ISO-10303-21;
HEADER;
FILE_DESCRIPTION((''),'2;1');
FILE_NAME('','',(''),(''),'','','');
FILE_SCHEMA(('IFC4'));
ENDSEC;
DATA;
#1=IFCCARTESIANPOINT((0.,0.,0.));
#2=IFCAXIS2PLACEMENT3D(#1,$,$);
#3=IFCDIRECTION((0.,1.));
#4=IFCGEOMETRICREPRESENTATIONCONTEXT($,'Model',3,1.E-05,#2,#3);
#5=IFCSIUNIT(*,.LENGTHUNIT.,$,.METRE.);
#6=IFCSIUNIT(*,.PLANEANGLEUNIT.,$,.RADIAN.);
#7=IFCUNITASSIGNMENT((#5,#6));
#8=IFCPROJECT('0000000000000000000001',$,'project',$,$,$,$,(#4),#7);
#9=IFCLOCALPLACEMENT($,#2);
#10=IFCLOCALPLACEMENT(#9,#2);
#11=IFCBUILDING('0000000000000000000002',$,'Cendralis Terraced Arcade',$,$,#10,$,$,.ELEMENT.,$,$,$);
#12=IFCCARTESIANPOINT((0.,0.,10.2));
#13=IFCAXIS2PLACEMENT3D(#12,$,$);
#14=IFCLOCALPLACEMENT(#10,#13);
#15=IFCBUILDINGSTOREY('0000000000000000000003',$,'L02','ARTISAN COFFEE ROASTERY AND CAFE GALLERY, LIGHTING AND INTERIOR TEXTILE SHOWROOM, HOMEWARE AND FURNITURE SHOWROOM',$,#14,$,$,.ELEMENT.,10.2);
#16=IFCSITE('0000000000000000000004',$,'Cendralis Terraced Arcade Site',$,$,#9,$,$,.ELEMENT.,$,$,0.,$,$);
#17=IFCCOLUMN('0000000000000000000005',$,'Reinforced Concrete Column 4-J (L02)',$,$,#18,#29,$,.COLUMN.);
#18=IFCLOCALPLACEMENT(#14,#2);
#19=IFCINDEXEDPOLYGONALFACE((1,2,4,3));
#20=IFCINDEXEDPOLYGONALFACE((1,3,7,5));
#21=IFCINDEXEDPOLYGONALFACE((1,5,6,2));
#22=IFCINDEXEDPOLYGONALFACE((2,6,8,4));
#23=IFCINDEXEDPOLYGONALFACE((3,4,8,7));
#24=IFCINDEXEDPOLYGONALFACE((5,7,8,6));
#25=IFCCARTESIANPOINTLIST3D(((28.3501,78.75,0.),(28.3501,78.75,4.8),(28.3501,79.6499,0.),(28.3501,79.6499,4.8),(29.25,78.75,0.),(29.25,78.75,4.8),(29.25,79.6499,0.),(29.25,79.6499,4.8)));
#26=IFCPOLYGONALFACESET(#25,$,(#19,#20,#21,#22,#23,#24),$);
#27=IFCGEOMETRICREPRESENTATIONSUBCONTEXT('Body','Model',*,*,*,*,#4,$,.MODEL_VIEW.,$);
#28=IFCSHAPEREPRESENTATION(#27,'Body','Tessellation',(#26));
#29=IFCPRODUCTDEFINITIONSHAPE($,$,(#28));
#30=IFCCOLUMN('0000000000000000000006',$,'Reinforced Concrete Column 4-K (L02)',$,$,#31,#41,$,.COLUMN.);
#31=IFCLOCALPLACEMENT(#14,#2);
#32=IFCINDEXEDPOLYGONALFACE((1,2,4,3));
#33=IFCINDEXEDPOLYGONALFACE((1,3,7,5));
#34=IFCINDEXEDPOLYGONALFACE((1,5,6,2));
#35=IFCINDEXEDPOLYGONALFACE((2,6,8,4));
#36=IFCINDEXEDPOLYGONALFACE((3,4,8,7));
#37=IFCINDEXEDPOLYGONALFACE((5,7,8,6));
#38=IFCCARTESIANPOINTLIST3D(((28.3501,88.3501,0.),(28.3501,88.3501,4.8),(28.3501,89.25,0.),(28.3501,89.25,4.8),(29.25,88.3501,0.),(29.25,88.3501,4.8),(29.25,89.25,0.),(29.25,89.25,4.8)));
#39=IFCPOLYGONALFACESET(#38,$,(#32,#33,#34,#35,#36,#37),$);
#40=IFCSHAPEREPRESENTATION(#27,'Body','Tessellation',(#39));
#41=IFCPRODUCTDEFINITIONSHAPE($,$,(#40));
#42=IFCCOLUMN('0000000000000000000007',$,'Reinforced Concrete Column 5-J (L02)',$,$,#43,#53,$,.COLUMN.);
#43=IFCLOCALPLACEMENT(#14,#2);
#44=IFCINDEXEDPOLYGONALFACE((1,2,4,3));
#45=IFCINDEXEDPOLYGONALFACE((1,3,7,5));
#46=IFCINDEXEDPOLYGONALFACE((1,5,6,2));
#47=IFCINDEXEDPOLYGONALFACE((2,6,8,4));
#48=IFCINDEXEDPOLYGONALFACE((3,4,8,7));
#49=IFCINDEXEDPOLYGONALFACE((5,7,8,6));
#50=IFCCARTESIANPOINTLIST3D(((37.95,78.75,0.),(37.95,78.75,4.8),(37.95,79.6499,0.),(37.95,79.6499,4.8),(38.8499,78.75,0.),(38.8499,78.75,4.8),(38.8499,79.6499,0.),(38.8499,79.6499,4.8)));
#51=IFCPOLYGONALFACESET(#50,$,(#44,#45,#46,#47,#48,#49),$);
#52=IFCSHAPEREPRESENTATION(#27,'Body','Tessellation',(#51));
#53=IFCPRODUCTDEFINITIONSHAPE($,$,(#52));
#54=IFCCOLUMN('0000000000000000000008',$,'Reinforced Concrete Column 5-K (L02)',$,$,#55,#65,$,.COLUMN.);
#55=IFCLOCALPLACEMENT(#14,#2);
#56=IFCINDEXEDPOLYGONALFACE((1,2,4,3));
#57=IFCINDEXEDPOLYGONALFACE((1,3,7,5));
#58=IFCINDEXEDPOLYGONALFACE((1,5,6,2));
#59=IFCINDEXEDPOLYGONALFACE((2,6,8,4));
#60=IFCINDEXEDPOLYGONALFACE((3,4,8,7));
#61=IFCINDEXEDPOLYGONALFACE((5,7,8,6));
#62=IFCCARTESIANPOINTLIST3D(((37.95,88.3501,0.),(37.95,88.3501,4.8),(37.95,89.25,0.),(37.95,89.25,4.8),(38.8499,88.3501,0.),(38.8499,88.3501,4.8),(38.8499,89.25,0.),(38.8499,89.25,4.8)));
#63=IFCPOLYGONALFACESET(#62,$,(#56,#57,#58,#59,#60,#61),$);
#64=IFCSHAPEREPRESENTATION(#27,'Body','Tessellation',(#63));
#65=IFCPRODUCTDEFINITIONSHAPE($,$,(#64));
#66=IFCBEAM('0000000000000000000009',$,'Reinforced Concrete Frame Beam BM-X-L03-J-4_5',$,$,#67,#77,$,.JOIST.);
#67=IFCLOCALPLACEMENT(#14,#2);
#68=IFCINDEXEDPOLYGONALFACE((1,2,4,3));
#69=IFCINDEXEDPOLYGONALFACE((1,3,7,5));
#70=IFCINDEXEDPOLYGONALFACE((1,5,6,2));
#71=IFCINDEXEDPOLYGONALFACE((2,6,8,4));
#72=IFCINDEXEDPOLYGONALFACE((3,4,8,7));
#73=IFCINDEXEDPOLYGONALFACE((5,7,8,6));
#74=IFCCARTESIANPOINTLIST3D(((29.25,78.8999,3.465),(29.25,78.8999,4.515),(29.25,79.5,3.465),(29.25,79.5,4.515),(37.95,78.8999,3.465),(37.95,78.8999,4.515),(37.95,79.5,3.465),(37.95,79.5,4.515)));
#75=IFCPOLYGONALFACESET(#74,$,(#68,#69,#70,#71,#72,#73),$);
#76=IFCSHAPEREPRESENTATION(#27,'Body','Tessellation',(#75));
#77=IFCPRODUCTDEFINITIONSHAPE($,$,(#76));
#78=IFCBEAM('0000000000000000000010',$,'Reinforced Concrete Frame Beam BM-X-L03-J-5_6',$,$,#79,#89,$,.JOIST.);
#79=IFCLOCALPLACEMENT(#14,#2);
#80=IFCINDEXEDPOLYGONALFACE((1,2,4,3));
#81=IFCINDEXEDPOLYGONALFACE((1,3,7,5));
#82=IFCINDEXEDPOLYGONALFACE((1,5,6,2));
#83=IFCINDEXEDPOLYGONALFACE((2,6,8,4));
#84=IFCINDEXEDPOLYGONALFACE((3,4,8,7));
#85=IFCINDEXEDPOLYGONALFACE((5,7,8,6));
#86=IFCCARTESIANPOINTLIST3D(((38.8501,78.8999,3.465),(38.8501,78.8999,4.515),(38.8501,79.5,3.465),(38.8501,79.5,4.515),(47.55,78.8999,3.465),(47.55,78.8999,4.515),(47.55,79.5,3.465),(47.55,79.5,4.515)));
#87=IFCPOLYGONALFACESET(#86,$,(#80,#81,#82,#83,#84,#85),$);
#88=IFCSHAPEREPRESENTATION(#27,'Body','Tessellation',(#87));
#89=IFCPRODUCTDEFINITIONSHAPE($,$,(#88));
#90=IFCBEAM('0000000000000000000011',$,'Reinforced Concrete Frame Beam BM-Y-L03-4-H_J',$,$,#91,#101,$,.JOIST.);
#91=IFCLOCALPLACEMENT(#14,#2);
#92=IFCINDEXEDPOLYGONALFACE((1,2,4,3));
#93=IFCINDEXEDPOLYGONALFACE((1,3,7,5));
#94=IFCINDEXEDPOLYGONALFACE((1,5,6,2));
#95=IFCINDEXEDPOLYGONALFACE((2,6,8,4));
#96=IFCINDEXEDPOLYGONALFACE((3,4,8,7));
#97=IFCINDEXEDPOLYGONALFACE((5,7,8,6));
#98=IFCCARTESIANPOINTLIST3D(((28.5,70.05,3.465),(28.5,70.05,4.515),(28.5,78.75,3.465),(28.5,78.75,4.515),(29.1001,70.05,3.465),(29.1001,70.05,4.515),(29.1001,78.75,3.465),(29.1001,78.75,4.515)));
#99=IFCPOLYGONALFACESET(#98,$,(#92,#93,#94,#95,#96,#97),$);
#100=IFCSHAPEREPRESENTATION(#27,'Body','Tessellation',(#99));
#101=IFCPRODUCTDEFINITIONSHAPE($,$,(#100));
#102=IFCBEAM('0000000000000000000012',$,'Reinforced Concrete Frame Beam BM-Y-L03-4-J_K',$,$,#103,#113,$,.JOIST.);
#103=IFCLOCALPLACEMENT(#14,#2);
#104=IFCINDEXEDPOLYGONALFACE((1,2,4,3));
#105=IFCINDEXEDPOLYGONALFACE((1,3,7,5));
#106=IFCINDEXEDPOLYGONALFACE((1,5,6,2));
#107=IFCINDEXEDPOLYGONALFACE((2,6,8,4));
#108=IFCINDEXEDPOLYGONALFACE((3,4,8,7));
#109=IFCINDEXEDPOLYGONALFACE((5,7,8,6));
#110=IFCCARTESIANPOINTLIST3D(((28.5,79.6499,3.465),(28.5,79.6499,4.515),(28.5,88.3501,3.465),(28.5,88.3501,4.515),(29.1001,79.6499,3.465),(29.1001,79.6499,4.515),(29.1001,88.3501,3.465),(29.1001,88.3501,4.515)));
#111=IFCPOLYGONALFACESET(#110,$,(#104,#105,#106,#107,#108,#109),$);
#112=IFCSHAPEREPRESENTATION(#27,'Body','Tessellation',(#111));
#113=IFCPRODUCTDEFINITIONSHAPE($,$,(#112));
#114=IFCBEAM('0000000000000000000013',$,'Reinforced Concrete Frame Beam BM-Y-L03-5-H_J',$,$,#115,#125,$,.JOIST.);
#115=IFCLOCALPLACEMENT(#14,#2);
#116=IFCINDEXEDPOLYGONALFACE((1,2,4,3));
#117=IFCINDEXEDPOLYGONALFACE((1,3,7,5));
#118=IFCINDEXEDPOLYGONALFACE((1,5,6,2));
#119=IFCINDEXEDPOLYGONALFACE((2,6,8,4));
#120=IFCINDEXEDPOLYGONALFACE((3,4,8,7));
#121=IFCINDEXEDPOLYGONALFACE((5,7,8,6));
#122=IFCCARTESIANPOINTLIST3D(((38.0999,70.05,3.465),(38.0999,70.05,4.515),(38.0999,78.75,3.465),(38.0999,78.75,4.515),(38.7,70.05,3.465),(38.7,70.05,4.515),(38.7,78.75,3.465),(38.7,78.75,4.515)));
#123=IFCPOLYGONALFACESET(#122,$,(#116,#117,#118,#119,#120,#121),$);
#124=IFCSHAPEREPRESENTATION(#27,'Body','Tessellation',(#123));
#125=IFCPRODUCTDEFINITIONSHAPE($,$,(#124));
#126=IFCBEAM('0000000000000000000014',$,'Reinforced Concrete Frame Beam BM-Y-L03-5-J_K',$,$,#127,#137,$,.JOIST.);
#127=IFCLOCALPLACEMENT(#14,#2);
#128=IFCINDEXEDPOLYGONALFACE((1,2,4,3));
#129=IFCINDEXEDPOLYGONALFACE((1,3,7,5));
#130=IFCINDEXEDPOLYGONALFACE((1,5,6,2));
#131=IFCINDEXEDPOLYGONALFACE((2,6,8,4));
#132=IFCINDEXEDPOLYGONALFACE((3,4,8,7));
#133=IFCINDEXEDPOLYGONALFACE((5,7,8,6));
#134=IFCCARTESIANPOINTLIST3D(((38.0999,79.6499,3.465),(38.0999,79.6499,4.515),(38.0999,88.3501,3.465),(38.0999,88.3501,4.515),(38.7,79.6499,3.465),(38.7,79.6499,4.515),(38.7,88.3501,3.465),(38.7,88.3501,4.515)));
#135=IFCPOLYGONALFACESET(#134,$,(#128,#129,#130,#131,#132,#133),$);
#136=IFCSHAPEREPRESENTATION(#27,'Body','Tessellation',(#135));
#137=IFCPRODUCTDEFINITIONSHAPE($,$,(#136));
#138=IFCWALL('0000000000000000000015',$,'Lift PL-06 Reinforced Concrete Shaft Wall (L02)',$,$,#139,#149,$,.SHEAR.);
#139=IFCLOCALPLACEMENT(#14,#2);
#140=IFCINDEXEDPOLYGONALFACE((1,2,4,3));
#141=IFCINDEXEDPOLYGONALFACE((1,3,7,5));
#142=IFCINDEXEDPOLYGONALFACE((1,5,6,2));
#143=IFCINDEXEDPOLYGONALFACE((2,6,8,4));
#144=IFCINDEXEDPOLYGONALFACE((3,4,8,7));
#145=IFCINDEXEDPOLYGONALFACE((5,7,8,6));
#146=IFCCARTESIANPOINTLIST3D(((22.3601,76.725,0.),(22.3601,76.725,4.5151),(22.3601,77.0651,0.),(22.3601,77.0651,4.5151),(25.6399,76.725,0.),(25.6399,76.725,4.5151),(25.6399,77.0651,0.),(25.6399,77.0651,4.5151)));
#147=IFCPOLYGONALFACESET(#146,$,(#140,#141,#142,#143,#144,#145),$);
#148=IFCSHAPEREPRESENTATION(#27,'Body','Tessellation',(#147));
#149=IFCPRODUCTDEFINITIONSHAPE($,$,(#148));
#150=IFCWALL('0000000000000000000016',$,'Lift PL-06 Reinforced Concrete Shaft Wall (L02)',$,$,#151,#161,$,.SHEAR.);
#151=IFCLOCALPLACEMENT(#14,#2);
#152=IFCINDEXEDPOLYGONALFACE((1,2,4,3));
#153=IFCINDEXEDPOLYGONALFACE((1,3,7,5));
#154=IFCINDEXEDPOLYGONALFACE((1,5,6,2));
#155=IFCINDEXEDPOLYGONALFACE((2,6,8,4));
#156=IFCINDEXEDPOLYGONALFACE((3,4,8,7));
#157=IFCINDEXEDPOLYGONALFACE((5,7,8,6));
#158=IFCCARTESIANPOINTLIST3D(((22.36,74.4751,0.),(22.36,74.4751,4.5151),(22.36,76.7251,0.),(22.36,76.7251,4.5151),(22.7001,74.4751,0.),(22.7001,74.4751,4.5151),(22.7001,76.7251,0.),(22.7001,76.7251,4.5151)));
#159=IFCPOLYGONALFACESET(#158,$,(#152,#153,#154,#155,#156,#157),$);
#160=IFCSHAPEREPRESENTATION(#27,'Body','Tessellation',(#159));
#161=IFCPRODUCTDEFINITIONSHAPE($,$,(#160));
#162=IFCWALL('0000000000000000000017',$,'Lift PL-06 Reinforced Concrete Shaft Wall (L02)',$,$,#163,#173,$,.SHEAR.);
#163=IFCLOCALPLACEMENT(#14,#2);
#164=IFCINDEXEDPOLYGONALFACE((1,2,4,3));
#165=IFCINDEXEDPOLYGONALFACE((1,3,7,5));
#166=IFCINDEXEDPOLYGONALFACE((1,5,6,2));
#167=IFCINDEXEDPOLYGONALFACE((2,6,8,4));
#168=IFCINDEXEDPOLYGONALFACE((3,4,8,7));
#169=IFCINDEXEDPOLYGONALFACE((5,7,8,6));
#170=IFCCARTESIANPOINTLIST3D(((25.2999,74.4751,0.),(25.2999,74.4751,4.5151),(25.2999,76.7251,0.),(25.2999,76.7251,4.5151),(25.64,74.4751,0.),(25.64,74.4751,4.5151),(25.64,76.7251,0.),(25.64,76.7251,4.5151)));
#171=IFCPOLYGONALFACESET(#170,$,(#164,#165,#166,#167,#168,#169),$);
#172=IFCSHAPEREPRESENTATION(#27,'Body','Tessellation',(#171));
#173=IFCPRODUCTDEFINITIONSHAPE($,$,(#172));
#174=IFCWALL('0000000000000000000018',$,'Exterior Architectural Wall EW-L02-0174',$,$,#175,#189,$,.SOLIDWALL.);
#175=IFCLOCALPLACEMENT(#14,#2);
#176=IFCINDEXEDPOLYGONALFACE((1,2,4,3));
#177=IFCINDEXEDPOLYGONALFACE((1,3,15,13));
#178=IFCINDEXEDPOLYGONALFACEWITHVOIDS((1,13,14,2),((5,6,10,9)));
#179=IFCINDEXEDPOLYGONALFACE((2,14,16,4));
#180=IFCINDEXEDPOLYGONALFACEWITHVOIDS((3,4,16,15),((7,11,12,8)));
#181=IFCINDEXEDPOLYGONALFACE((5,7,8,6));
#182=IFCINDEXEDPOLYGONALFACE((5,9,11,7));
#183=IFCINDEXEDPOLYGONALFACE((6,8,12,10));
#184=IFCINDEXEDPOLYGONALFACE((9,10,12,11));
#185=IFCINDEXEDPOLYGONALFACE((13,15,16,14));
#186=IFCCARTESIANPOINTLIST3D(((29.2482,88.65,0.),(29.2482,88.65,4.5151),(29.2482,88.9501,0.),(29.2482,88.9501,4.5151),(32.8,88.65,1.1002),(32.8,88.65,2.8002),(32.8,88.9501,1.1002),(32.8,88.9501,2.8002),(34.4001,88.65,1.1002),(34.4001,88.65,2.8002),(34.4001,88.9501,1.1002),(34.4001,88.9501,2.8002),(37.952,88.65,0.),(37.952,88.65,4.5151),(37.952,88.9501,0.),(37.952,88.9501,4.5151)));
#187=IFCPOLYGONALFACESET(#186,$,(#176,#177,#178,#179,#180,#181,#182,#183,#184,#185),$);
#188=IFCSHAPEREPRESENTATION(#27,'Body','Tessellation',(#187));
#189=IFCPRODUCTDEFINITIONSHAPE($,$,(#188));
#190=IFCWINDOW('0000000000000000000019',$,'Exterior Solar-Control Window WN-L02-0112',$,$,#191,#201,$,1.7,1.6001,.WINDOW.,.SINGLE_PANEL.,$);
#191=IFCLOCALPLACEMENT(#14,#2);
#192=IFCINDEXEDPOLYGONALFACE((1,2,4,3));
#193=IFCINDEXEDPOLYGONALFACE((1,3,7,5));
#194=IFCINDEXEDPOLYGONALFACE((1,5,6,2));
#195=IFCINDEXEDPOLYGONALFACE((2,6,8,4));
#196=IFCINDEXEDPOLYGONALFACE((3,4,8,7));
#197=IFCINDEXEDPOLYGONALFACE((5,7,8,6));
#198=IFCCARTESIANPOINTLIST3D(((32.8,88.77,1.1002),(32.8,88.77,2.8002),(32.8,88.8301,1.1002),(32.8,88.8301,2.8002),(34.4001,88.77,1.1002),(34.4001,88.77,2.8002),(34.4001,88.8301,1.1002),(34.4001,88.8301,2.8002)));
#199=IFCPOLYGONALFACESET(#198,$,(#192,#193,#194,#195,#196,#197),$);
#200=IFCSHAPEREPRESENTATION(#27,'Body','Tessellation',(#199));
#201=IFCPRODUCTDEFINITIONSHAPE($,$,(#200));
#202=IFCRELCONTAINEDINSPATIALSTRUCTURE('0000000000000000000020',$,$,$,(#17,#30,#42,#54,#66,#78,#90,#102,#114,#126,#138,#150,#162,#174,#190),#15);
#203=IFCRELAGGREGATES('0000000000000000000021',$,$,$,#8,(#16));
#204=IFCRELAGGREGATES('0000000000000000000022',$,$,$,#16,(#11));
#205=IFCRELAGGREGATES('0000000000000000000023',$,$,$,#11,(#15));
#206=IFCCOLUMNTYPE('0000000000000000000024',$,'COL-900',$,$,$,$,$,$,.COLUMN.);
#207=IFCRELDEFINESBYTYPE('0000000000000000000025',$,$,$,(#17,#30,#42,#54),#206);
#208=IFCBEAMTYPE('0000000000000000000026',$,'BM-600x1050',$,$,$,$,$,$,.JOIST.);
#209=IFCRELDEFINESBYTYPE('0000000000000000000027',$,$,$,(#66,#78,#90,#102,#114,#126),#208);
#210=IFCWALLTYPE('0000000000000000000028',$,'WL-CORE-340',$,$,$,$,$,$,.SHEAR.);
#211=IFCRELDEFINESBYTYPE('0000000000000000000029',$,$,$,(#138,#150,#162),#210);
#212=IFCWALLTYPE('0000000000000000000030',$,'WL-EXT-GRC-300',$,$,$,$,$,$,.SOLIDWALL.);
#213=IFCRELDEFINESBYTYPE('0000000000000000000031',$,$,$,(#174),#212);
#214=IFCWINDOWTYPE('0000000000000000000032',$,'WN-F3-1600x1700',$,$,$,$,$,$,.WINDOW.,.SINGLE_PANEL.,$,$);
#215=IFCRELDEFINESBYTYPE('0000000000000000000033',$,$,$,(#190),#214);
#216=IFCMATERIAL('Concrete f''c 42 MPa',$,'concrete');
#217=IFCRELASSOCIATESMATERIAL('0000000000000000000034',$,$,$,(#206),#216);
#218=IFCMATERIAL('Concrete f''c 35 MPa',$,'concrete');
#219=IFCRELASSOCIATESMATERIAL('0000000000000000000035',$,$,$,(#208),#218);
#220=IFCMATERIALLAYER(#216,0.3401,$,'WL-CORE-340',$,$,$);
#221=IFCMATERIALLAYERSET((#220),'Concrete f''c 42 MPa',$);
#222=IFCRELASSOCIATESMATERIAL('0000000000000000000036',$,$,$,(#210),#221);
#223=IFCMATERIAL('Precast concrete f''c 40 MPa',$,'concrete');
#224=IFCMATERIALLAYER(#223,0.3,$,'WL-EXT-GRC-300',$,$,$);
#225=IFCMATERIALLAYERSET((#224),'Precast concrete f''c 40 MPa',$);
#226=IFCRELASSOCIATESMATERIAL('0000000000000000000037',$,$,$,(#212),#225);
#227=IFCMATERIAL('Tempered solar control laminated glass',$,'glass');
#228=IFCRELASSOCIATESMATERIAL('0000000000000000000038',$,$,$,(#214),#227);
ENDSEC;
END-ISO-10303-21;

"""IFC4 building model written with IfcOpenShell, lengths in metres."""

from ifc_helpers import new_model, si_unit, direction, frame, frame_2d, origin, origin_2d, place, context, subcontext, project, spatial, rectangle, extrude, material, layer, layer_set, material_profile, profile_set, type_object, element, fill, save


model = new_model("IFC4")

# Units and contexts
model_context = context("Model", 3, precision=1e-05, world=origin(), true_north=direction((0.0, 1.0)))
body_context = subcontext(model_context, "Body", "Model", "MODEL_VIEW")
ifc_project = project(units=[si_unit("LENGTHUNIT", "METRE"), si_unit("PLANEANGLEUNIT", "RADIAN")], contexts=[model_context])

# Site, building, storey
site_placement = place(None, origin())
site = spatial("IfcSite", under=ifc_project, at=site_placement, Name="Cendralis Terraced Arcade Site", CompositionType="ELEMENT", RefElevation=0.0)
building_placement = place(site_placement, origin())
building = spatial("IfcBuilding", under=site, at=building_placement, Name="Cendralis Terraced Arcade", CompositionType="ELEMENT")
storey_placement = place(building_placement, frame((0.0, 0.0, 10.2)))
storey = spatial("IfcBuildingStorey", under=building, at=storey_placement, Name="L02", Description="ARTISAN COFFEE ROASTERY AND CAFE GALLERY, LIGHTING AND INTERIOR TEXTILE SHOWROOM, HOMEWARE AND FURNITURE SHOWROOM", CompositionType="ELEMENT", Elevation=10.2)

# Columns
ifc_material_1 = material(Name="Concrete f'c 42 MPa", Category="concrete")
ifc_material_profile_1 = material_profile(ifc_material_1, rectangle(XDim=0.8999, YDim=0.8999, at=origin_2d()), Name="RC-COL-900x900", Category="LoadBearing")
ifc_profile_set_1 = profile_set([ifc_material_profile_1], Name="Concrete f'c 42 MPa")
column_type = type_object("IfcColumnType", Name="COL-900", PredefinedType="COLUMN", material=ifc_profile_set_1)
for number, where, z_axis, x_axis, name in (
    (1, (28.8, 79.2, 0.0), (0.0, 0.0, 1.0), (1.0, 0.0, 0.0), "Reinforced Concrete Column 4-J (L02)"),
    (2, (28.8, 88.8, 0.0), (0.0, 0.0, 1.0), (1.0, 0.0, 0.0), "Reinforced Concrete Column 4-K (L02)"),
    (3, (38.3999, 79.2, 0.0), (0.0, 0.0, 1.0), (1.0, 0.0, 0.0), "Reinforced Concrete Column 5-J (L02)"),
    (4, (38.3999, 88.8, 0.0), (0.0, 0.0, 1.0), (1.0, 0.0, 0.0), "Reinforced Concrete Column 5-K (L02)"),
):
    element("IfcColumn", number, at=place(storey_placement, frame(where, z_axis=z_axis, x_axis=x_axis)), inside=storey, type_object=column_type, Name=name, PredefinedType="COLUMN", context=body_context, shape_type="SweptSolid", body=[
        extrude(rectangle(XDim=0.8999, YDim=0.8999, at=origin_2d()), origin(), (0.0, 0.0, 1.0), 4.8),
    ])

# Beams
ifc_material_2 = material(Name="Concrete f'c 35 MPa", Category="concrete")
ifc_material_profile_2 = material_profile(ifc_material_2, rectangle(XDim=0.6001, YDim=1.05, at=origin_2d()), Name="RC-BM-600x1050", Category="LoadBearing")
ifc_profile_set_2 = profile_set([ifc_material_profile_2], Name="Concrete f'c 35 MPa")
beam_type = type_object("IfcBeamType", Name="BM-600x1050", PredefinedType="JOIST", material=ifc_profile_set_2)
for number, where, z_axis, x_axis, name in (
    (5, (29.25, 79.2, 3.99), (1.0, 0.0, 0.0), (0.0, 1.0, 0.0), "Reinforced Concrete Frame Beam BM-X-L03-J-4_5"),
    (6, (38.8501, 79.2, 3.99), (1.0, 0.0, 0.0), (0.0, 1.0, 0.0), "Reinforced Concrete Frame Beam BM-X-L03-J-5_6"),
    (7, (28.8, 70.05, 3.99), (0.0, 1.0, 0.0), (-1.0, 0.0, 0.0), "Reinforced Concrete Frame Beam BM-Y-L03-4-H_J"),
):
    element("IfcBeam", number, at=place(storey_placement, frame(where, z_axis=z_axis, x_axis=x_axis)), inside=storey, type_object=beam_type, Name=name, PredefinedType="JOIST", context=body_context, shape_type="SweptSolid", body=[
        extrude(rectangle(XDim=0.6001, YDim=1.05, at=origin_2d()), origin(), (0.0, 0.0, 1.0), 8.7),
    ])
beam_1_placement = place(storey_placement, frame((28.8, 79.6499, 3.99), z_axis=(0.0, 1.0, 0.0), x_axis=(-1.0, 0.0, 0.0)))
element("IfcBeam", 8, at=beam_1_placement, inside=storey, type_object=beam_type, Name="Reinforced Concrete Frame Beam BM-Y-L03-4-J_K", PredefinedType="JOIST", context=body_context, shape_type="SweptSolid", body=[
    extrude(rectangle(XDim=0.6001, YDim=1.05, at=origin_2d()), origin(), (0.0, 0.0, 1.0), 8.7002),
])
beam_2_placement = place(storey_placement, frame((38.3999, 70.05, 3.99), z_axis=(0.0, 1.0, 0.0), x_axis=(-1.0, 0.0, 0.0)))
element("IfcBeam", 9, at=beam_2_placement, inside=storey, type_object=beam_type, Name="Reinforced Concrete Frame Beam BM-Y-L03-5-H_J", PredefinedType="JOIST", context=body_context, shape_type="SweptSolid", body=[
    extrude(rectangle(XDim=0.6001, YDim=1.05, at=origin_2d()), origin(), (0.0, 0.0, 1.0), 8.7),
])
beam_3_placement = place(storey_placement, frame((38.3999, 79.6499, 3.99), z_axis=(0.0, 1.0, 0.0), x_axis=(-1.0, 0.0, 0.0)))
element("IfcBeam", 10, at=beam_3_placement, inside=storey, type_object=beam_type, Name="Reinforced Concrete Frame Beam BM-Y-L03-5-J_K", PredefinedType="JOIST", context=body_context, shape_type="SweptSolid", body=[
    extrude(rectangle(XDim=0.6001, YDim=1.05, at=origin_2d()), origin(), (0.0, 0.0, 1.0), 8.7002),
])

# Walls
ifc_layer_1 = layer(ifc_material_1, 0.3401, Name="WL-CORE-340")
ifc_layer_set_1 = layer_set([ifc_layer_1], Name="Concrete f'c 42 MPa")
wall_type_1 = type_object("IfcWallType", Name="WL-CORE-340", PredefinedType="SHEAR", material=ifc_layer_set_1)
wall_1_placement = place(storey_placement, frame((22.3601, 76.895, 0.0), z_axis=(0.0, 0.0, 1.0), x_axis=(1.0, 0.0, 0.0)))
element("IfcWall", 11, at=wall_1_placement, inside=storey, type_object=wall_type_1, Name="Lift PL-06 Reinforced Concrete Shaft Wall (L02)", PredefinedType="SHEAR", context=body_context, shape_type="SweptSolid", body=[
    extrude(rectangle(XDim=3.2798, YDim=0.3401, at=frame_2d((1.6399, 0.0))), origin(), (0.0, 0.0, 1.0), 4.5151),
])
for number, where, z_axis, x_axis, name in (
    (12, (22.53, 74.4751, 0.0), (0.0, 0.0, 1.0), (0.0, 1.0, 0.0), "Lift PL-06 Reinforced Concrete Shaft Wall (L02)"),
    (13, (25.47, 74.4751, 0.0), (0.0, 0.0, 1.0), (0.0, 1.0, 0.0), "Lift PL-06 Reinforced Concrete Shaft Wall (L02)"),
):
    element("IfcWall", number, at=place(storey_placement, frame(where, z_axis=z_axis, x_axis=x_axis)), inside=storey, type_object=wall_type_1, Name=name, PredefinedType="SHEAR", context=body_context, shape_type="SweptSolid", body=[
        extrude(rectangle(XDim=2.25, YDim=0.3401, at=frame_2d((1.125, 0.0))), origin(), (0.0, 0.0, 1.0), 4.5151),
    ])

# Wall, opening, window
ifc_material_3 = material(Name="Precast concrete f'c 40 MPa", Category="concrete")
ifc_layer_2 = layer(ifc_material_3, 0.3, Name="WL-EXT-GRC-300")
ifc_layer_set_2 = layer_set([ifc_layer_2], Name="Precast concrete f'c 40 MPa")
wall_type_2 = type_object("IfcWallType", Name="WL-EXT-GRC-300", PredefinedType="SOLIDWALL", material=ifc_layer_set_2)
wall_2_placement = place(storey_placement, frame((29.248, 88.8, 0.0), z_axis=(0.0, 0.0, 1.0), x_axis=(1.0, 0.0, 0.0)))
wall_2 = element("IfcWall", 14, at=wall_2_placement, inside=storey, type_object=wall_type_2, Name="Exterior Architectural Wall EW-L02-0174", PredefinedType="SOLIDWALL", context=body_context, shape_type="SweptSolid", body=[
    extrude(rectangle(XDim=8.7039, YDim=0.3, at=frame_2d((4.3521, 0.0))), origin(), (0.0, 0.0, 1.0), 4.5151),
])
opening_1_placement = place(wall_2_placement, frame((3.552, 0.0, 1.1001)))
opening_1 = element("IfcOpeningElement", 15, at=opening_1_placement, cuts=wall_2, PredefinedType="OPENING", context=body_context, shape_type="SweptSolid", body=[
    extrude(rectangle(XDim=1.6001, YDim=1.7, at=frame_2d((0.8, 0.8501))), frame((0.0, 0.1621, 0.0), z_axis=(0.0, -1.0, 0.0), x_axis=(1.0, 0.0, 0.0)), (0.0, 0.0, 1.0), 0.324),
])
ifc_material_4 = material(Name="Tempered solar control laminated glass", Category="glass")
window_type_1 = type_object("IfcWindowType", Name="WN-F3-1600x1700", PartitioningType="SINGLE_PANEL", PredefinedType="WINDOW", material=ifc_material_4)
window_1_placement = place(opening_1_placement, origin())
window_1 = element("IfcWindow", 16, at=window_1_placement, inside=storey, type_object=window_type_1, Name="Exterior Solar-Control Window WN-L02-0112", OverallHeight=1.7, OverallWidth=1.6001, PartitioningType="SINGLE_PANEL", PredefinedType="WINDOW", context=body_context, shape_type="SweptSolid", body=[
    extrude(rectangle(XDim=1.6001, YDim=1.7, at=frame_2d((0.8, 0.8501))), frame((0.0, 0.03, 0.0), z_axis=(0.0, -1.0, 0.0), x_axis=(1.0, 0.0, 0.0)), (0.0, 0.0, 1.0), 0.0601),
])
fill(opening_1, window_1)

save(model, "model.ifc")
